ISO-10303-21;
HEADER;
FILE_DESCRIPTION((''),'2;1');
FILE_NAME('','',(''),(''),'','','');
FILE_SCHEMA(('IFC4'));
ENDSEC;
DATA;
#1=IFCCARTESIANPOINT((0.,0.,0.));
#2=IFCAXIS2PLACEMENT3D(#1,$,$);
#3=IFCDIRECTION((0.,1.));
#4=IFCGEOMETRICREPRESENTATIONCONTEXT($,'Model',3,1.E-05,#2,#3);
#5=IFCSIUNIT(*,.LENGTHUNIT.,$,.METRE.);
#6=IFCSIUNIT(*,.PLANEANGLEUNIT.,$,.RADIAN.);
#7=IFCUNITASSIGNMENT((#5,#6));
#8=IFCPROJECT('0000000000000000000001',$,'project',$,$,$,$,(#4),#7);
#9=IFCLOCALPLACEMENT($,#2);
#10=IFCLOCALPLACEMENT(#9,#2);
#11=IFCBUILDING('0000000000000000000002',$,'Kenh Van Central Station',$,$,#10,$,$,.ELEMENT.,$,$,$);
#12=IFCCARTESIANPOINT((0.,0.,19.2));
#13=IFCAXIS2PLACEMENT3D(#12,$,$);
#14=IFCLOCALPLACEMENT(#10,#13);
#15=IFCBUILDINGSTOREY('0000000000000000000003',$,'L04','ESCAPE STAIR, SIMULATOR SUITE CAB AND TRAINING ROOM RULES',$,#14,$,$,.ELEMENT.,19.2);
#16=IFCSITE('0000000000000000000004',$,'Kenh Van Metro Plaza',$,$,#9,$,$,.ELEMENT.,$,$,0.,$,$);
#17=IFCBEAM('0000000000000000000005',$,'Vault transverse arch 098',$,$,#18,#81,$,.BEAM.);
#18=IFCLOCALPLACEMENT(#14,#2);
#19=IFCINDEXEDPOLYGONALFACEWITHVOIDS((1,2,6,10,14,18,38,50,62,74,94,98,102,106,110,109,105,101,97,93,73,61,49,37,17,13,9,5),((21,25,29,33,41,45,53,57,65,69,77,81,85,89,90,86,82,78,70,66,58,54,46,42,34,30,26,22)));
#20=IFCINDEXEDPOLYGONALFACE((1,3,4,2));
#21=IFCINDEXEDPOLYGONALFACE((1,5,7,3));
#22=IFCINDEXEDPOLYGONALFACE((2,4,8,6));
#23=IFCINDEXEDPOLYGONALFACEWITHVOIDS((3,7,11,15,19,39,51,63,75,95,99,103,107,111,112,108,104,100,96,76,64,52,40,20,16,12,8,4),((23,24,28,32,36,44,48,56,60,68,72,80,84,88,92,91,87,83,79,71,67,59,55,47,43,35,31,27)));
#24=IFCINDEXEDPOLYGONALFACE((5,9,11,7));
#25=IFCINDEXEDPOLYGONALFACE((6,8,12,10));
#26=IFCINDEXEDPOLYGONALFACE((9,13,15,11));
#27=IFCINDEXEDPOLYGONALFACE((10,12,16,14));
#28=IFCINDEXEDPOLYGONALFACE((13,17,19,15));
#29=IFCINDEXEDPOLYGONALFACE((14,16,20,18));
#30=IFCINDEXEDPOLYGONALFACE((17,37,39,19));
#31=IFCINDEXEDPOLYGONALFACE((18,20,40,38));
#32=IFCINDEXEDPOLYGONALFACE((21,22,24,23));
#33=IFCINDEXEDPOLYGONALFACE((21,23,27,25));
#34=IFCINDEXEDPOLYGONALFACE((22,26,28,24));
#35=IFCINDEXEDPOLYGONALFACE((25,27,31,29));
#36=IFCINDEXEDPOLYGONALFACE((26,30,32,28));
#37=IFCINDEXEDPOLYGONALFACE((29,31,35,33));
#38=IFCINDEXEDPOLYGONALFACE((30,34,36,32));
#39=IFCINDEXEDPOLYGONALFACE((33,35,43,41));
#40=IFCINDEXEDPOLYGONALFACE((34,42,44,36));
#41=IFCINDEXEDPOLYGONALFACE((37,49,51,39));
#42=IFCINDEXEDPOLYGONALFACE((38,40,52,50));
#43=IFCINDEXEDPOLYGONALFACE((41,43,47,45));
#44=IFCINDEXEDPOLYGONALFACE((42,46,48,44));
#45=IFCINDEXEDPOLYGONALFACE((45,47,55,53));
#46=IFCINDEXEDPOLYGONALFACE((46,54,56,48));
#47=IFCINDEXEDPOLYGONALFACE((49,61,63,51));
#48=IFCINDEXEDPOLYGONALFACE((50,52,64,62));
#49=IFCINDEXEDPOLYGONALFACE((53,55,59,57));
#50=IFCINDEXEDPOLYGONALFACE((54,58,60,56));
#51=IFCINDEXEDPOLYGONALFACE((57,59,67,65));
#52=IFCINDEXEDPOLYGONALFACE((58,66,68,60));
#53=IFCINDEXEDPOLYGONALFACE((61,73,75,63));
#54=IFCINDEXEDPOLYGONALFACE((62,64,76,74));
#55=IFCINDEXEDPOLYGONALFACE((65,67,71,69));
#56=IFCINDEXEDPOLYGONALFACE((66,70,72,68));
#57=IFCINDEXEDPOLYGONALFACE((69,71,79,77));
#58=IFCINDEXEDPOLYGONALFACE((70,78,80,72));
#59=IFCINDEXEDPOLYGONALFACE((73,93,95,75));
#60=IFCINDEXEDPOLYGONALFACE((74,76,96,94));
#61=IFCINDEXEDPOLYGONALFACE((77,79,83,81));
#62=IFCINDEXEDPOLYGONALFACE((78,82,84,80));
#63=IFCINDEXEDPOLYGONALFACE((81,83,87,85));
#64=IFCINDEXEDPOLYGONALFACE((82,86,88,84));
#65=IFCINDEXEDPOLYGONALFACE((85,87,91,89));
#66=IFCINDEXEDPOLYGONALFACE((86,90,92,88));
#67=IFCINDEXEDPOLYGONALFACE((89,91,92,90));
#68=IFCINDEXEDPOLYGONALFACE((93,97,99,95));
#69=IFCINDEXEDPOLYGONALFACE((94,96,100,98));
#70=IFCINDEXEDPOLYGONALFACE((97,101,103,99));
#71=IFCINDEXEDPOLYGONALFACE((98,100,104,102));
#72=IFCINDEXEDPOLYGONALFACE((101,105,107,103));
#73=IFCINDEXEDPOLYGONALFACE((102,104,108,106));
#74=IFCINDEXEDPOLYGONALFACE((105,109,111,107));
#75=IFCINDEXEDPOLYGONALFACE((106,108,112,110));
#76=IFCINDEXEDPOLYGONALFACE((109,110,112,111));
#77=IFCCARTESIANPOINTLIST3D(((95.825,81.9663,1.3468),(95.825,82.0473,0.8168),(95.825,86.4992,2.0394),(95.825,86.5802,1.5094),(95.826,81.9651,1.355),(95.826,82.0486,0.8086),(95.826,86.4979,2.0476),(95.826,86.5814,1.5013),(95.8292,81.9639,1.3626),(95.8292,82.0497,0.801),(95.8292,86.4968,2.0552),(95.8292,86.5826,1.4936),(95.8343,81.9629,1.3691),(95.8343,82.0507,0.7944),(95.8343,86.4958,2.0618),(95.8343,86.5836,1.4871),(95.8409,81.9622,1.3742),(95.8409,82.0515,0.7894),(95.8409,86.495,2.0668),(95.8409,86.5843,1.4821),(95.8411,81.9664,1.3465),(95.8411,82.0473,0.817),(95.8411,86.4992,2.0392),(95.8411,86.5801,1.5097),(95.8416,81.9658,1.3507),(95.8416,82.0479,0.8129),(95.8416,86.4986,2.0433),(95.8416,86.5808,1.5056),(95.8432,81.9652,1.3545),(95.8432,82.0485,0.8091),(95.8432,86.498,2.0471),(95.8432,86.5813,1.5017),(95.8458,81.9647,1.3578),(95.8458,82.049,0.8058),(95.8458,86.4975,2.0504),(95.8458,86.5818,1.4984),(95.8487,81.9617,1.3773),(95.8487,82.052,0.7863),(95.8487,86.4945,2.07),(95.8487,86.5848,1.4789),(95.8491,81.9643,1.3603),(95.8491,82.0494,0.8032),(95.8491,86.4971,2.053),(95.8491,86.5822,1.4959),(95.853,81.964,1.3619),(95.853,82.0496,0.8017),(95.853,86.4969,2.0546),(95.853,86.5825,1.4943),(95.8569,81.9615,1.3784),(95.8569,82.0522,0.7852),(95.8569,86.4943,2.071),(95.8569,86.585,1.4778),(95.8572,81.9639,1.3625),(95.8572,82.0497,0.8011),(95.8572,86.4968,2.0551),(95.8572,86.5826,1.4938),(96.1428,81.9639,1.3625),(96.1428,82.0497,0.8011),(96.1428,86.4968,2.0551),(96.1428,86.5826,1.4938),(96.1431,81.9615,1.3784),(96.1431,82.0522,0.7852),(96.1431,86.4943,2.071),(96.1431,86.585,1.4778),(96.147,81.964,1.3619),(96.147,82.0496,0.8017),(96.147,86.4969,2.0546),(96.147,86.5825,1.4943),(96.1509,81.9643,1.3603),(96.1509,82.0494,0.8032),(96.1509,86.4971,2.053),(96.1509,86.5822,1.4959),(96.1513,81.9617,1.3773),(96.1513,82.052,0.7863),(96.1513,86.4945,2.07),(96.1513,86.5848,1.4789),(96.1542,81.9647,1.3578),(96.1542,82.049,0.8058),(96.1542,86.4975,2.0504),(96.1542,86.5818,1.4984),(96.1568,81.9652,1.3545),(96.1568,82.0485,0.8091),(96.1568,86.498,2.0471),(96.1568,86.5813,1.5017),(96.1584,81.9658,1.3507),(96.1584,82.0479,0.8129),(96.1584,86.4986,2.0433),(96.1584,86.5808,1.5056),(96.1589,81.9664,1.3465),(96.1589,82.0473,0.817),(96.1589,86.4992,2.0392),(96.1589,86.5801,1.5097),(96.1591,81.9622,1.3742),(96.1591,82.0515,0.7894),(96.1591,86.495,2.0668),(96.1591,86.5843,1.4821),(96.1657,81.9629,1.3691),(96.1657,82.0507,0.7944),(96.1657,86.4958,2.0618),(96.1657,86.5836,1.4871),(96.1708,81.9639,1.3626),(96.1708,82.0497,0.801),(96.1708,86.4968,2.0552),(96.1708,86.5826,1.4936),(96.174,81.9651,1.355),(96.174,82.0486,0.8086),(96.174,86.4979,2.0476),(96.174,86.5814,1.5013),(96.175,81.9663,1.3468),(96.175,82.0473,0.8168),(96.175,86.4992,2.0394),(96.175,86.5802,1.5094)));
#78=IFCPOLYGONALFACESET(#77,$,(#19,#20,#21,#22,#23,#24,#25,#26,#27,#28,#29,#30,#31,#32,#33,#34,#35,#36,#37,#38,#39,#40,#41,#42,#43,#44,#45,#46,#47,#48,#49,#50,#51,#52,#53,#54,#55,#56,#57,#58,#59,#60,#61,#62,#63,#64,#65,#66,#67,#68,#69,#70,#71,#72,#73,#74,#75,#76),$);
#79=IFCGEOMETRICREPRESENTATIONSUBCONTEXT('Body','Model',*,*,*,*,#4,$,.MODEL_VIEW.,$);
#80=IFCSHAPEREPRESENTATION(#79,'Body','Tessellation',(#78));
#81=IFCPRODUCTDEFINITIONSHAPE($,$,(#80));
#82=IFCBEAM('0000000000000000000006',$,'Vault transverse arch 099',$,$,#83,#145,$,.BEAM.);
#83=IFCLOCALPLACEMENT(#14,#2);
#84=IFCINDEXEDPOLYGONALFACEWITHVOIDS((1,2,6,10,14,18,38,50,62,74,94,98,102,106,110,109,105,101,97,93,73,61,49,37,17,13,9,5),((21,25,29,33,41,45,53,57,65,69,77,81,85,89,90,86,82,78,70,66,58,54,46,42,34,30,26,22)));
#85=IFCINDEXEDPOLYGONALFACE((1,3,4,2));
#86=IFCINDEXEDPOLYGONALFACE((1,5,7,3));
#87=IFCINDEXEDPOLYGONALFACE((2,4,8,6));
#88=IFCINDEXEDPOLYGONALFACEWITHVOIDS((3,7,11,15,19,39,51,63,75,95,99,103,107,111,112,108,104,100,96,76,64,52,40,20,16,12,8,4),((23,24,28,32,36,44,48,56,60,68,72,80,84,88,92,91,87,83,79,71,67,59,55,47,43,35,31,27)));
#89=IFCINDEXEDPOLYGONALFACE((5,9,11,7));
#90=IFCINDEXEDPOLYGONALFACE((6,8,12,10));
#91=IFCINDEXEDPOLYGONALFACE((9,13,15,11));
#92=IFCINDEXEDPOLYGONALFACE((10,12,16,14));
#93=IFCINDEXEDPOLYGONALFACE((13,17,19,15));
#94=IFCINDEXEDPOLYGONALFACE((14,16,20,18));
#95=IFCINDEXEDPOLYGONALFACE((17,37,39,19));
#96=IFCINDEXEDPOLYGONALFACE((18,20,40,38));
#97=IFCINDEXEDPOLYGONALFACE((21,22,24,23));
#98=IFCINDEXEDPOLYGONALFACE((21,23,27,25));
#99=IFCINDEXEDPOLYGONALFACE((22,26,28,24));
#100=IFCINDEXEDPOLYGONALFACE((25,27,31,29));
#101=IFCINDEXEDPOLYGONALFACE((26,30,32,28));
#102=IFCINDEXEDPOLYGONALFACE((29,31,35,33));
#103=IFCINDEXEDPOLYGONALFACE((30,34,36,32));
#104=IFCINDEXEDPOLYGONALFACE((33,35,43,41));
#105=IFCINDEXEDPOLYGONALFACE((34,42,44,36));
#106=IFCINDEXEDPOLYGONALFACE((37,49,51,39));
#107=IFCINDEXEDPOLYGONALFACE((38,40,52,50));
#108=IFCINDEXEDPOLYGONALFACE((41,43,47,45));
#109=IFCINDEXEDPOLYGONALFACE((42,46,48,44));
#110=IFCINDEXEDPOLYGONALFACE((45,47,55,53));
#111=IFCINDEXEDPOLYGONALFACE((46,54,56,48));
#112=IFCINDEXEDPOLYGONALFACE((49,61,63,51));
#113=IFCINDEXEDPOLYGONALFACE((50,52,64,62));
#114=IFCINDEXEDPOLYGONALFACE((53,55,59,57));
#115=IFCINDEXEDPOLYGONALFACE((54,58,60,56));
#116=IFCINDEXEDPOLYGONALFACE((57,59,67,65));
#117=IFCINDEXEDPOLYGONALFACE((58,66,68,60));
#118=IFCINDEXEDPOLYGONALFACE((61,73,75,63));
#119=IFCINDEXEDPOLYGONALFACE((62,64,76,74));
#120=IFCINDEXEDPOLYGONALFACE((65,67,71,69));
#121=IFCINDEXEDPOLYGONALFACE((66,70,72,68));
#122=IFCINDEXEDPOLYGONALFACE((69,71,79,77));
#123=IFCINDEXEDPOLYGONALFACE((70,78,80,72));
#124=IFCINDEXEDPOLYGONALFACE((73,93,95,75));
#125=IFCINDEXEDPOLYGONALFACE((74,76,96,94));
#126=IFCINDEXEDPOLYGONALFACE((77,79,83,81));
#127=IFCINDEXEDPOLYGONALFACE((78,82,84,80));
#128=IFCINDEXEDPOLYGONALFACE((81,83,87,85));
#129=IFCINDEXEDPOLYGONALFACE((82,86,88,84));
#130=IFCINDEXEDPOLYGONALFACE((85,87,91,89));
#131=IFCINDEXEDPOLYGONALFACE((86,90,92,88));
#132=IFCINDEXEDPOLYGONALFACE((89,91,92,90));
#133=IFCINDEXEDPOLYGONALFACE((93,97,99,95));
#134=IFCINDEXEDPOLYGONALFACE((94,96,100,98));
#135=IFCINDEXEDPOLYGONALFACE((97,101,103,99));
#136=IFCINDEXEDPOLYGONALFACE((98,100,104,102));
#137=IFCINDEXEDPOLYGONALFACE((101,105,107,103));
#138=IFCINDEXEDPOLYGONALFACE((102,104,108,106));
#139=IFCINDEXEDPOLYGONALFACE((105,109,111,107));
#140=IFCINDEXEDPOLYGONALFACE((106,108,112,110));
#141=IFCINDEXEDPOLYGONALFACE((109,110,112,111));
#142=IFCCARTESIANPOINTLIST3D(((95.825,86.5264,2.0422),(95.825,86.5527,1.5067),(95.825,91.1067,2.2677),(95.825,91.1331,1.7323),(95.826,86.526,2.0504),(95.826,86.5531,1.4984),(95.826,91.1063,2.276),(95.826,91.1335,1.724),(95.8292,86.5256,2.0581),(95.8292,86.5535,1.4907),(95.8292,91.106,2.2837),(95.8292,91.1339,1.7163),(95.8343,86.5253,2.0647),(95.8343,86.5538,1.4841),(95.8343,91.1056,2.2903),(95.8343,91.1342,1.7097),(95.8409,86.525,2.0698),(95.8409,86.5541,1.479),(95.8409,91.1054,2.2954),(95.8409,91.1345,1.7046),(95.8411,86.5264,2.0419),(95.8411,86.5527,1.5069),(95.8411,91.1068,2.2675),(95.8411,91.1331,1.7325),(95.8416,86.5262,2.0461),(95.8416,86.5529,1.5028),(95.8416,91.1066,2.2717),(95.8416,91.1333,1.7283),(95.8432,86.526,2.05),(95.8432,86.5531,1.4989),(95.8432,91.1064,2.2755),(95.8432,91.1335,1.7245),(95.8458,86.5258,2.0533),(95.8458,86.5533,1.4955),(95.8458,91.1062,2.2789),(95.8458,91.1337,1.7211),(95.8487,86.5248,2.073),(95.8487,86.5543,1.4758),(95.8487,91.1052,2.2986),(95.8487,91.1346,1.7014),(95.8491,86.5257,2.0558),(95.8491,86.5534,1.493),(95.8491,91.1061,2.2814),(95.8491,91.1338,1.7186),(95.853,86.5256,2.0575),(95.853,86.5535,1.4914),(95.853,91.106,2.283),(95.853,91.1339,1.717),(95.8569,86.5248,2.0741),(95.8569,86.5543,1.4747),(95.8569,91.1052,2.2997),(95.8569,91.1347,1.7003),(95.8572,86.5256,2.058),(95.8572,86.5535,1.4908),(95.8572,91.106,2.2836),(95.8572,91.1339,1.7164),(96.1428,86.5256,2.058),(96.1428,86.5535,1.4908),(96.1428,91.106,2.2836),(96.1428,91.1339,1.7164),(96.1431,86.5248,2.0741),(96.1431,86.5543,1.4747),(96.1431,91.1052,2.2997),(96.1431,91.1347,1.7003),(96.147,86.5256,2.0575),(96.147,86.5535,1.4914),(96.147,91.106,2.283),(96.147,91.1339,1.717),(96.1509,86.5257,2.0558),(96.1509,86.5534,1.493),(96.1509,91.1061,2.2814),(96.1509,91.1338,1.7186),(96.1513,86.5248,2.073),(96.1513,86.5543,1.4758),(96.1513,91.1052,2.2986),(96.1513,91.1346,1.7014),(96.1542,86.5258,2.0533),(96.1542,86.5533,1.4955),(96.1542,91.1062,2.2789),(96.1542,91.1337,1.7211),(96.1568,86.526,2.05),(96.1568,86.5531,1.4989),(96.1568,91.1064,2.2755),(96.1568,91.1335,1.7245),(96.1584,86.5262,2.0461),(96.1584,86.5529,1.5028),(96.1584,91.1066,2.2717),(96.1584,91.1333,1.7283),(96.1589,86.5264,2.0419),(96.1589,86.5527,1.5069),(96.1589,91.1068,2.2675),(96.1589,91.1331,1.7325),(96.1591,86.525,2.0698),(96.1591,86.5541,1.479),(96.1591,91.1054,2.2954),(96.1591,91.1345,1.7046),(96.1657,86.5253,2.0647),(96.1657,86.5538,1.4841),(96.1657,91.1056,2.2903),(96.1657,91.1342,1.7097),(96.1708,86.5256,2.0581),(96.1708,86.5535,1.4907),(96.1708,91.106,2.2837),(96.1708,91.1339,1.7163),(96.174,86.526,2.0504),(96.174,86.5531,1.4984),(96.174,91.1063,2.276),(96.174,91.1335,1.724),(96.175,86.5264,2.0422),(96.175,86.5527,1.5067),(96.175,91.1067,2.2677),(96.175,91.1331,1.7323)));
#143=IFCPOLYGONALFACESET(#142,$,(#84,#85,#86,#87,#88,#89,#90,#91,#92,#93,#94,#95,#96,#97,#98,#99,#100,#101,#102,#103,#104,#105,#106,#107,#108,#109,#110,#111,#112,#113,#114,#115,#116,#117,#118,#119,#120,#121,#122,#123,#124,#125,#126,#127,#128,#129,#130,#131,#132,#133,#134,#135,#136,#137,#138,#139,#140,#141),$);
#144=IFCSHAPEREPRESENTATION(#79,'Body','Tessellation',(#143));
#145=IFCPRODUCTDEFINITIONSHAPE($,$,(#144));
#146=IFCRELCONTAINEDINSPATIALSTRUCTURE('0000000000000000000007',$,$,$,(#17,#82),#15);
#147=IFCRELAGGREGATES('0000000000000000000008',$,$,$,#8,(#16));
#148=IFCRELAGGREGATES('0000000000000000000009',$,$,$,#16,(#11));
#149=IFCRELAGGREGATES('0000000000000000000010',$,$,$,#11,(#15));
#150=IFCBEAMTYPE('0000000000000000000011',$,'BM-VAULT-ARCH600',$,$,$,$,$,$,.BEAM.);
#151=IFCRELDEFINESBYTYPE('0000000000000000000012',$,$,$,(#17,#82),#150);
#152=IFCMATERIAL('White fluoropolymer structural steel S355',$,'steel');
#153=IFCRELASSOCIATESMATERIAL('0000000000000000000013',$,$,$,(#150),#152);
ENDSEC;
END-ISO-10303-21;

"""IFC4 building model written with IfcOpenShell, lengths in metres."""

from ifc_helpers import new_model, si_unit, direction, frame, origin, origin_2d, place, context, subcontext, project, spatial, hollow_rectangle, extrude, material, material_profile, profile_set, type_object, element, save


model = new_model("IFC4")

# Units and contexts
model_context = context("Model", 3, precision=1e-05, world=origin(), true_north=direction((0.0, 1.0)))
body_context = subcontext(model_context, "Body", "Model", "MODEL_VIEW")
ifc_project = project(units=[si_unit("LENGTHUNIT", "METRE"), si_unit("PLANEANGLEUNIT", "RADIAN")], contexts=[model_context])

# Site, building, storey
site_placement = place(None, origin())
site = spatial("IfcSite", under=ifc_project, at=site_placement, Name="Kenh Van Metro Plaza", CompositionType="ELEMENT", RefElevation=0.0)
building_placement = place(site_placement, origin())
building = spatial("IfcBuilding", under=site, at=building_placement, Name="Kenh Van Central Station", CompositionType="ELEMENT")
storey_placement = place(building_placement, frame((0.0, 0.0, 19.2)))
storey = spatial("IfcBuildingStorey", under=building, at=storey_placement, Name="L04", Description="ESCAPE STAIR, SIMULATOR SUITE CAB AND TRAINING ROOM RULES", CompositionType="ELEMENT", Elevation=19.2)

# Beams
ifc_material_1 = material(Name="White fluoropolymer structural steel S355", Category="steel")
ifc_material_profile_1 = material_profile(ifc_material_1, hollow_rectangle(XDim=0.3501, YDim=0.6001, WallThickness=0.0161, InnerFilletRadius=0.0161, OuterFilletRadius=0.032, at=origin_2d()), Name="RHS 600x350x16")
ifc_profile_set_1 = profile_set([ifc_material_profile_1], Name="White fluoropolymer structural steel S355")
beam_type = type_object("IfcBeamType", Name="BM-VAULT-ARCH600", PredefinedType="BEAM", material=ifc_profile_set_1)
beam_1_placement = place(storey_placement, frame((96.0, 82.0068, 1.0818), z_axis=(0.0, 0.988526, 0.151053), x_axis=(-1.0, 0.0, 0.0)))
element("IfcBeam", 1, at=beam_1_placement, inside=storey, type_object=beam_type, Name="Vault transverse arch 098", PredefinedType="BEAM", context=body_context, shape_type="SweptSolid", body=[
    extrude(hollow_rectangle(XDim=0.3501, YDim=0.6001, WallThickness=0.0161, InnerFilletRadius=0.0161, OuterFilletRadius=0.032, at=origin_2d()), origin(), (0.0, 0.0, 1.0), 4.5854),
])
beam_2_placement = place(storey_placement, frame((96.0, 86.5396, 1.7744), z_axis=(0.0, 0.998789, 0.049191), x_axis=(-1.0, 0.0, 0.0)))
element("IfcBeam", 2, at=beam_2_placement, inside=storey, type_object=beam_type, Name="Vault transverse arch 099", PredefinedType="BEAM", context=body_context, shape_type="SweptSolid", body=[
    extrude(hollow_rectangle(XDim=0.3501, YDim=0.6001, WallThickness=0.0161, InnerFilletRadius=0.0161, OuterFilletRadius=0.032, at=origin_2d()), origin(), (0.0, 0.0, 1.0), 4.5859),
])

save(model, "model.ifc")
